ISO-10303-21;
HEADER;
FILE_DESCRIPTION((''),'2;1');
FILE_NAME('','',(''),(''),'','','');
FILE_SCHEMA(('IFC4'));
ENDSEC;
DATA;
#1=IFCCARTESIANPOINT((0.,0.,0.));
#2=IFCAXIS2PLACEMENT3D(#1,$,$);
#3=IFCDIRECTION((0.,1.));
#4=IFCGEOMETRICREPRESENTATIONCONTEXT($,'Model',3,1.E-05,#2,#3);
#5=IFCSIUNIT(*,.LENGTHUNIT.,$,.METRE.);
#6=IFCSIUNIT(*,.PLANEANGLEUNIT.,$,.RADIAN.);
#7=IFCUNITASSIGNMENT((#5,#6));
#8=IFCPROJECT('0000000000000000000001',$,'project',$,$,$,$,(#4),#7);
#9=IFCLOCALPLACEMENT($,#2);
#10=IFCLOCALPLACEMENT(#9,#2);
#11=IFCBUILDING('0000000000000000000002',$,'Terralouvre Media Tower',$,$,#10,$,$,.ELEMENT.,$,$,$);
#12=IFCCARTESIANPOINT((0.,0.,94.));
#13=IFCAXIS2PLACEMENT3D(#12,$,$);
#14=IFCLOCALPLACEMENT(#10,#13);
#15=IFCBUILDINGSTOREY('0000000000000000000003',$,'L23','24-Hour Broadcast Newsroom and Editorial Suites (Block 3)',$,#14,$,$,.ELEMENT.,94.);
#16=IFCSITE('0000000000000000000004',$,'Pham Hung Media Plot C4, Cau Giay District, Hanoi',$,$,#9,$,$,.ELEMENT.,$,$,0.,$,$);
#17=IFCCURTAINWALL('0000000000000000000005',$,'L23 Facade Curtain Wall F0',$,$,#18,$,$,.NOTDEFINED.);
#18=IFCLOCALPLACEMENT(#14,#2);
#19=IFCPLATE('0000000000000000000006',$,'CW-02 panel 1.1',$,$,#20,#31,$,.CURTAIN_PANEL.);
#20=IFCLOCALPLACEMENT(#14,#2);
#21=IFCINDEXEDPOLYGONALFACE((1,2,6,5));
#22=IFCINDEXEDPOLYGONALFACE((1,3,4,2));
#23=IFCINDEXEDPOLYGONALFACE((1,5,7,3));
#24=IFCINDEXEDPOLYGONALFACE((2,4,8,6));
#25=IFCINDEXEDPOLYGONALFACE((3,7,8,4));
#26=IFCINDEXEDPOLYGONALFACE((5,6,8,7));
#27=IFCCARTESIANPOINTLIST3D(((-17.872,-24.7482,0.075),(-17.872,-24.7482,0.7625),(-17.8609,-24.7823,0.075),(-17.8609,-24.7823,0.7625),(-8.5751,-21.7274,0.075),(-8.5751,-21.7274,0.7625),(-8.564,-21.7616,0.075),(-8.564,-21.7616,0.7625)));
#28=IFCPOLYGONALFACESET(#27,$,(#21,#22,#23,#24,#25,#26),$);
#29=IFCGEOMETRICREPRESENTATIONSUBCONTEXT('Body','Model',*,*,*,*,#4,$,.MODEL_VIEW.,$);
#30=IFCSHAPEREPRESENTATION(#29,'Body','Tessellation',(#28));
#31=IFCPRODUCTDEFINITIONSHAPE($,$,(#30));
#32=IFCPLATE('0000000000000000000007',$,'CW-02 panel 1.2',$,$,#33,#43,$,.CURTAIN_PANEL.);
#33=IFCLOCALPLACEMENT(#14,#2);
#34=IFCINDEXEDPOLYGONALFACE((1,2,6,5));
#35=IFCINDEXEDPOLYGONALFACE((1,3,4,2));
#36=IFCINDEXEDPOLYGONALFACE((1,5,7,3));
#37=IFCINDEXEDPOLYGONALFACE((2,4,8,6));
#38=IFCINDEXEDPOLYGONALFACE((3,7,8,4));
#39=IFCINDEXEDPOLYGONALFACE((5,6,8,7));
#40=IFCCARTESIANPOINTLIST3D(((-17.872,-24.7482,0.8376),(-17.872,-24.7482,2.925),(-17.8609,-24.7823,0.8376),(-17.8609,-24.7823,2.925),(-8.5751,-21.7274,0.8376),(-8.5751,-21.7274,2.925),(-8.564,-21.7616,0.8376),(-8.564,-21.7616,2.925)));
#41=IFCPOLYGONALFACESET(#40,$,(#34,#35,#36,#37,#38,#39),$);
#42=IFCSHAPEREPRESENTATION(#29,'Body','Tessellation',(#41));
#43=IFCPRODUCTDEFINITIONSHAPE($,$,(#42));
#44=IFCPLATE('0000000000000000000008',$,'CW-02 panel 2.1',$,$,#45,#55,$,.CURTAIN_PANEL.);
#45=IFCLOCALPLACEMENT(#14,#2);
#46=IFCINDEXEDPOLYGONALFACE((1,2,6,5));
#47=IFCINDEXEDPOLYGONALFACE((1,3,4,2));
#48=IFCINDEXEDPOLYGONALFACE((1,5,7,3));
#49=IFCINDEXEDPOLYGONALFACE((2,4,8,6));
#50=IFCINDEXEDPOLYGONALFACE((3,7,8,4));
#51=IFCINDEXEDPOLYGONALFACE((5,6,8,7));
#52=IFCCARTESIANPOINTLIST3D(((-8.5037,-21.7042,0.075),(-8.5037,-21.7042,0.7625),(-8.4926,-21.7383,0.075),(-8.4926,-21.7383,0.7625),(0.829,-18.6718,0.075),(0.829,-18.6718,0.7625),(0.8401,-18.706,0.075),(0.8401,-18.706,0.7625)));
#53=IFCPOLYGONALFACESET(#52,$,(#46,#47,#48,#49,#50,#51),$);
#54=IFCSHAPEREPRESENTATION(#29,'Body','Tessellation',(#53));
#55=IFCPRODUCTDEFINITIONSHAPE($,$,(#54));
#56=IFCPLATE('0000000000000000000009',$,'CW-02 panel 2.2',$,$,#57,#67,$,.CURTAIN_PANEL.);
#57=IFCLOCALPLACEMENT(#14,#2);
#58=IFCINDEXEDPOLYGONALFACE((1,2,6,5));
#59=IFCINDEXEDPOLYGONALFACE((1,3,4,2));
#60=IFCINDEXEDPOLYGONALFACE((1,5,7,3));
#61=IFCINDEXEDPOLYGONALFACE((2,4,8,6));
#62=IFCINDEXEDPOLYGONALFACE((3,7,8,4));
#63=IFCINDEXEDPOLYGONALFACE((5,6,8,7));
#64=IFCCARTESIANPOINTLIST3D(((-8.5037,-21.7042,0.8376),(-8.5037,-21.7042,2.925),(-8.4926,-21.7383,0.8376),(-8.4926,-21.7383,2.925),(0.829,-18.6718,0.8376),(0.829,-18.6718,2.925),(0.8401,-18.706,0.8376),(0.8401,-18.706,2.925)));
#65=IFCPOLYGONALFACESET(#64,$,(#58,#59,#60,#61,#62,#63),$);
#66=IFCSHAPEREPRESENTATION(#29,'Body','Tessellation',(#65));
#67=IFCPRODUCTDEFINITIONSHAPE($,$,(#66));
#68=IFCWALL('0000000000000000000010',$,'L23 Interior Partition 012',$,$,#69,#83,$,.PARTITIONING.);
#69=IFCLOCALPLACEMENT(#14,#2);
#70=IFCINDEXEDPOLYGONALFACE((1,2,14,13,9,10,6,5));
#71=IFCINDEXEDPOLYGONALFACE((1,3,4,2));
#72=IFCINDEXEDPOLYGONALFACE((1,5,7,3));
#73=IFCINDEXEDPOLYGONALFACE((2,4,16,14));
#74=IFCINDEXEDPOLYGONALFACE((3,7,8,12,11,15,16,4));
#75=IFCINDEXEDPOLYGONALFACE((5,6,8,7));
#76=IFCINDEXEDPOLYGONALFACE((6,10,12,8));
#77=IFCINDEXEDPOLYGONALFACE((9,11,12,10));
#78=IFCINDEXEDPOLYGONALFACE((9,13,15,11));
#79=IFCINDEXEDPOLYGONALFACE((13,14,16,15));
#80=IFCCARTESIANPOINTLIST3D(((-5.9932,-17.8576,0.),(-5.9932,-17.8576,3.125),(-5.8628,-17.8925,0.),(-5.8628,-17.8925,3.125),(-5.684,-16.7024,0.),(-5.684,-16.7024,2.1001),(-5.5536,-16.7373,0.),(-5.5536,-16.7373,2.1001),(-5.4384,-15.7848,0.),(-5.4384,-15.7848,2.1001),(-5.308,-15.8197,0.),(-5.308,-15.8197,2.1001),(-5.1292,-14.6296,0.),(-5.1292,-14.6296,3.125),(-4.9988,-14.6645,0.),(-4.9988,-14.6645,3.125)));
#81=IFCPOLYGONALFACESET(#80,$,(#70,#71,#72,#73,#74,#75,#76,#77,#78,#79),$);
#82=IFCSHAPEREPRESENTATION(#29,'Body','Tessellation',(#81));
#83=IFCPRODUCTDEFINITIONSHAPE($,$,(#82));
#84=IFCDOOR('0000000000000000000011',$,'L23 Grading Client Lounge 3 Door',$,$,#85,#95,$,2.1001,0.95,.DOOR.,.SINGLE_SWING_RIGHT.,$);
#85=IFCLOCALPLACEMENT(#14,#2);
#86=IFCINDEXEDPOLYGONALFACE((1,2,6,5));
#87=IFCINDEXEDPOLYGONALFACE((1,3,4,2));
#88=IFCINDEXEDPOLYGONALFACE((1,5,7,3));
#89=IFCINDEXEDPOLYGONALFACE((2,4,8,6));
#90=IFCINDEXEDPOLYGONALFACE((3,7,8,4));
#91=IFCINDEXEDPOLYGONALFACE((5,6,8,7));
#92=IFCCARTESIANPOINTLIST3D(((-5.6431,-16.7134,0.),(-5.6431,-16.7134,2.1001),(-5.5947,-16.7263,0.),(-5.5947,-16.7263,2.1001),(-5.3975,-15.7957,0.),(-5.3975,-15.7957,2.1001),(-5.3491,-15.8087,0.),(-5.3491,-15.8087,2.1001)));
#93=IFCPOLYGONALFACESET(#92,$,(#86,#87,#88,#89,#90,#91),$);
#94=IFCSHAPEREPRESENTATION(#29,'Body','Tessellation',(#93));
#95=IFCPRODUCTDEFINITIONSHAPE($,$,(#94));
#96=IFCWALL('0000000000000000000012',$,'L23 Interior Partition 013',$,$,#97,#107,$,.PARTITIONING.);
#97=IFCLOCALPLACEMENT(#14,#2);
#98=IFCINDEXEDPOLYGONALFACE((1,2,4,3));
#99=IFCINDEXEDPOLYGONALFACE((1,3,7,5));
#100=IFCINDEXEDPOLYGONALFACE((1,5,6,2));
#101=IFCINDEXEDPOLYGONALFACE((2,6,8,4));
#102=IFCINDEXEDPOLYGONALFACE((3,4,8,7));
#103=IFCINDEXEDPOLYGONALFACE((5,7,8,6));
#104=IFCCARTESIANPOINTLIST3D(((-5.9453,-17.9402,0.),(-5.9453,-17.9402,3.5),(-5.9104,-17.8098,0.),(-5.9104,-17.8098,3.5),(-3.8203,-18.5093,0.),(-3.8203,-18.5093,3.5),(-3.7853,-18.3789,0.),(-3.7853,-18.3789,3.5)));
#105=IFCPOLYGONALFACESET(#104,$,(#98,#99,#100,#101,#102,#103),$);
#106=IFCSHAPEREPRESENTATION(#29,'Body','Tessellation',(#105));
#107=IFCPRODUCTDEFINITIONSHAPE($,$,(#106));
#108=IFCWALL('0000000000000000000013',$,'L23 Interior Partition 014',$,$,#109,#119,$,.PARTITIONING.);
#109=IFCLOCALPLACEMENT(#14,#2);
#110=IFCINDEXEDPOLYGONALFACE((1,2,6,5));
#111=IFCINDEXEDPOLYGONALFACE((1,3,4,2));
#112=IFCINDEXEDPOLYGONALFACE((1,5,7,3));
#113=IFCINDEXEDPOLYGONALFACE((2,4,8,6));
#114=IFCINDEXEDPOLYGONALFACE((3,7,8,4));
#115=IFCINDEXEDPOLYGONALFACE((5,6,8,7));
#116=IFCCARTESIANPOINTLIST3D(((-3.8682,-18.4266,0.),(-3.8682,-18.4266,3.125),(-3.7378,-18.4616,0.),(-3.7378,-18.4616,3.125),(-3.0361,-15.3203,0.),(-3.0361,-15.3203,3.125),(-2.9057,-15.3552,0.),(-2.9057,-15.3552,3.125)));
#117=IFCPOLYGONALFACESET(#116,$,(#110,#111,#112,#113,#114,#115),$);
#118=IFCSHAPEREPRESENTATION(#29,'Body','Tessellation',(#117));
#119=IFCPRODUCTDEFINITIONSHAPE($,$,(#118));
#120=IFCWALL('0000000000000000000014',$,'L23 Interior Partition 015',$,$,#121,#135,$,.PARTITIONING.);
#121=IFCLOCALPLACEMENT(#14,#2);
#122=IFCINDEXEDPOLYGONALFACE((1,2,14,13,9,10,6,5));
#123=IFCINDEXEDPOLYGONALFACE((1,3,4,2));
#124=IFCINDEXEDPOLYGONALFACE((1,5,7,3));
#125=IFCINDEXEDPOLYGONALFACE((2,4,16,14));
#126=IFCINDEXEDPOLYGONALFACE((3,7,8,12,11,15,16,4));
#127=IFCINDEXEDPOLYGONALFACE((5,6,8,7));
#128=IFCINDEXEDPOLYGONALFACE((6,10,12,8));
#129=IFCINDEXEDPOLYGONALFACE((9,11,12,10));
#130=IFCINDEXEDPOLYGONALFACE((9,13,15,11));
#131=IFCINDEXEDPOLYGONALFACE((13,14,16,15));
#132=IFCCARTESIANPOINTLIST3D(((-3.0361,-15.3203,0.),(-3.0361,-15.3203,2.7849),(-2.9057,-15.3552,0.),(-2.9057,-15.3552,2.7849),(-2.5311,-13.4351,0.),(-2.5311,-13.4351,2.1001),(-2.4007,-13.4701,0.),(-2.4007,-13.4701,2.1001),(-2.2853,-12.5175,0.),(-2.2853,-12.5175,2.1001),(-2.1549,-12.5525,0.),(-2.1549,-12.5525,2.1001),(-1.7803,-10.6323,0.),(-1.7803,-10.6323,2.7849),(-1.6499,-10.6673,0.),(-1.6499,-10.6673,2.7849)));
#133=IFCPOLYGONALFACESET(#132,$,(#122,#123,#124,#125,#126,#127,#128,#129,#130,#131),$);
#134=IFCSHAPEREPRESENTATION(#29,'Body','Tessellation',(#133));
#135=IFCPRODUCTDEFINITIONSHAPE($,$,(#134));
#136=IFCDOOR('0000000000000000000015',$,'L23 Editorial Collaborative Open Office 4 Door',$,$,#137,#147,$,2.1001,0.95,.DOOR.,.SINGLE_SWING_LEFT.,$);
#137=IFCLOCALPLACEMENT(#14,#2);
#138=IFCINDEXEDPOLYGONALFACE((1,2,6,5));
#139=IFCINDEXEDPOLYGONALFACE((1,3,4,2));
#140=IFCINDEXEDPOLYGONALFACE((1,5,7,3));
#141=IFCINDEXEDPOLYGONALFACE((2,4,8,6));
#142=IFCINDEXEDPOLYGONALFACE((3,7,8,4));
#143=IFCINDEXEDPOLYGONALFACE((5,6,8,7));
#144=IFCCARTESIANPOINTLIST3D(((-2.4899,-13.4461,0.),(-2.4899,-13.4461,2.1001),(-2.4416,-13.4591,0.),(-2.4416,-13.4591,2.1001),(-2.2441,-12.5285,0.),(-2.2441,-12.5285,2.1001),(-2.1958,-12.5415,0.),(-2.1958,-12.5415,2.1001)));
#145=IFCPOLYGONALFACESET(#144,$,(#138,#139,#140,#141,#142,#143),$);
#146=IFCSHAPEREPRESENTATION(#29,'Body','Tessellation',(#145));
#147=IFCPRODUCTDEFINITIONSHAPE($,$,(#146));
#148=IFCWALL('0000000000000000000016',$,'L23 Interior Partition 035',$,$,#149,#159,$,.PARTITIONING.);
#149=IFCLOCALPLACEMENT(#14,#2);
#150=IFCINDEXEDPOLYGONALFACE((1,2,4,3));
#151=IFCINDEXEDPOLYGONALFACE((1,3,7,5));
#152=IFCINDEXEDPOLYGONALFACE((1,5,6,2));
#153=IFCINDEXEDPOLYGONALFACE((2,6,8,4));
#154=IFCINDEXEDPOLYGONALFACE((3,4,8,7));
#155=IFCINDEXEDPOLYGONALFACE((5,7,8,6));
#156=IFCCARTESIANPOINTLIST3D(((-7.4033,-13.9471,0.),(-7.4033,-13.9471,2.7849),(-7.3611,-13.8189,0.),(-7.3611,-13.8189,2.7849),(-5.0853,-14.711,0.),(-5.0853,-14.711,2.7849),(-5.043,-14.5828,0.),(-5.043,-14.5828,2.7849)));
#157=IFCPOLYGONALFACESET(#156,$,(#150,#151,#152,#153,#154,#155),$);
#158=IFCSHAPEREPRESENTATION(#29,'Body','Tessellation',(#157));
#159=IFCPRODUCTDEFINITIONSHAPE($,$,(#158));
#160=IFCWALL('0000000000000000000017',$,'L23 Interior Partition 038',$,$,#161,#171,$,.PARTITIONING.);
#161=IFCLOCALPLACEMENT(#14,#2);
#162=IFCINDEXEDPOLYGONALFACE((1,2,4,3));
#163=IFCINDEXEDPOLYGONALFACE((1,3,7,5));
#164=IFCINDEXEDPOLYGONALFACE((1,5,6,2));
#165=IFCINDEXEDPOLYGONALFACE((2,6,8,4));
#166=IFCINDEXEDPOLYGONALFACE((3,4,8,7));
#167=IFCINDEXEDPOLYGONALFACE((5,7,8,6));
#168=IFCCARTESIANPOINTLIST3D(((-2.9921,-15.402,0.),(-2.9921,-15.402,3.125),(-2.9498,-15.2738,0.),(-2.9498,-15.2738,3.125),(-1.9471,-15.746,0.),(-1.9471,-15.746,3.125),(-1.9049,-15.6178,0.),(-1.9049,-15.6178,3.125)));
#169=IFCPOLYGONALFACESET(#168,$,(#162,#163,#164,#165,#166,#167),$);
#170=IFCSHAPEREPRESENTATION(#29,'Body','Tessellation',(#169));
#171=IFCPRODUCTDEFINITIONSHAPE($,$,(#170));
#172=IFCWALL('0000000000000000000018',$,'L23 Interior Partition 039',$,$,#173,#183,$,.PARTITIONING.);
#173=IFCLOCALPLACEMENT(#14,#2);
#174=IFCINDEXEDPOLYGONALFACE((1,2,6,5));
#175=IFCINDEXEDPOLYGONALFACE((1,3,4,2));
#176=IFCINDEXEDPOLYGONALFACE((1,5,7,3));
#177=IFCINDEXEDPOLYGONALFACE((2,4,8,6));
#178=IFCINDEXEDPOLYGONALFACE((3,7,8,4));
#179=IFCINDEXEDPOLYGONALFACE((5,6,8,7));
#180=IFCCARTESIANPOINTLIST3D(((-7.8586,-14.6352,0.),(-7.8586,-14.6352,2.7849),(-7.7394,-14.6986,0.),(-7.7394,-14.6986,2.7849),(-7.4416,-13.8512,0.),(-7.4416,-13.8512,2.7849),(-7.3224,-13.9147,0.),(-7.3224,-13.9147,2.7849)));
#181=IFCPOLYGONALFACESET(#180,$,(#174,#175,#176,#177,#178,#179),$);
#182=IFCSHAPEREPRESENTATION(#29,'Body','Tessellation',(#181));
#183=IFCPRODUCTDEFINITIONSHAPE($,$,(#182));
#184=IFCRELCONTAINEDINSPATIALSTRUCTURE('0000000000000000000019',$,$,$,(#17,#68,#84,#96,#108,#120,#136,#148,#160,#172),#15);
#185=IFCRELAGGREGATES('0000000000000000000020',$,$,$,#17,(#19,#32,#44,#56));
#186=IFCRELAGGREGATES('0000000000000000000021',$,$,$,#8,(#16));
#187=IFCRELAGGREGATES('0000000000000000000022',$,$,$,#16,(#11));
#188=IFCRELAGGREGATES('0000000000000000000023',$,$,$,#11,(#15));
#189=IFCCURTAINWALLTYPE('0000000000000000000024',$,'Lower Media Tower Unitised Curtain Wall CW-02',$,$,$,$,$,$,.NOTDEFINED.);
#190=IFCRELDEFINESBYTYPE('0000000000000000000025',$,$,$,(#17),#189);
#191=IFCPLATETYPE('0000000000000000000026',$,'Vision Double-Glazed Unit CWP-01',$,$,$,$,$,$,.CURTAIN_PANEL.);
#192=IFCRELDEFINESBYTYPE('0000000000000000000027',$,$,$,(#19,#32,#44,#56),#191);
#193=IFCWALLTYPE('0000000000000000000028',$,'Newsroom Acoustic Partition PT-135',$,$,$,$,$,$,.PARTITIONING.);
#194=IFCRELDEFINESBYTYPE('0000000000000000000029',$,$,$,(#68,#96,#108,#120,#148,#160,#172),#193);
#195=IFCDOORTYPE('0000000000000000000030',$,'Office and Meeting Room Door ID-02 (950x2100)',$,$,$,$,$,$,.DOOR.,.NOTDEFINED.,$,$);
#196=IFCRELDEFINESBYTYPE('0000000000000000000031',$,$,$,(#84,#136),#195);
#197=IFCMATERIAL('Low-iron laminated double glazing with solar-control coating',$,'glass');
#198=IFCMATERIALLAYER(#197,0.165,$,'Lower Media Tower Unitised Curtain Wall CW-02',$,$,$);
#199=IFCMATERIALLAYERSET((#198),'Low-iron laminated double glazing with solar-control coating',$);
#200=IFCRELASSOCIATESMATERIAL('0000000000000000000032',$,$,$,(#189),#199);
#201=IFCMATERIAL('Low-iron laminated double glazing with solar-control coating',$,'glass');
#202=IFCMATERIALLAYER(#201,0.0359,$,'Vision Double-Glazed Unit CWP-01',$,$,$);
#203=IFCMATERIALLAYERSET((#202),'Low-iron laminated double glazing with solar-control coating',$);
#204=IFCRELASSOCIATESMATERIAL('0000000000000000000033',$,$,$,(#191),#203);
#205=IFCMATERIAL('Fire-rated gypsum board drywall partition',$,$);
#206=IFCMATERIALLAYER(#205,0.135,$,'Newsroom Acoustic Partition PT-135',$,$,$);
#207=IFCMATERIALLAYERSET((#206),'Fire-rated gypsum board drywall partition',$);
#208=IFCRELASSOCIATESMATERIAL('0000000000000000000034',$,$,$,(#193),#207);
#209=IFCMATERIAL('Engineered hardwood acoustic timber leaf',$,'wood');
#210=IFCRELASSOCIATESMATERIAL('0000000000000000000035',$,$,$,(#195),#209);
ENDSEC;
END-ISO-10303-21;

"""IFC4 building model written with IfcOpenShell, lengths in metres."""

from ifc_helpers import new_model, si_unit, direction, frame, frame_2d, origin, origin_2d, place, context, subcontext, project, spatial, rectangle, extrude, material, layer, layer_set, type_object, element, fill, aggregate, save


model = new_model("IFC4")

# Units and contexts
model_context = context("Model", 3, precision=1e-05, world=origin(), true_north=direction((0.0, 1.0)))
body_context = subcontext(model_context, "Body", "Model", "MODEL_VIEW")
ifc_project = project(units=[si_unit("LENGTHUNIT", "METRE"), si_unit("PLANEANGLEUNIT", "RADIAN")], contexts=[model_context])

# Site, building, storey
site_placement = place(None, origin())
site = spatial("IfcSite", under=ifc_project, at=site_placement, Name="Pham Hung Media Plot C4, Cau Giay District, Hanoi", CompositionType="ELEMENT", RefElevation=0.0)
building_placement = place(site_placement, origin())
building = spatial("IfcBuilding", under=site, at=building_placement, Name="Terralouvre Media Tower", CompositionType="ELEMENT")
storey_placement = place(building_placement, frame((0.0, 0.0, 94.0)))
storey = spatial("IfcBuildingStorey", under=building, at=storey_placement, Name="L23", Description="24-Hour Broadcast Newsroom and Editorial Suites (Block 3)", CompositionType="ELEMENT", Elevation=94.0)

# Curtain wall
ifc_material_1 = material(Name="Low-iron laminated double glazing with solar-control coating", Category="glass")
ifc_layer_1 = layer(ifc_material_1, 0.165, Name="Lower Media Tower Unitised Curtain Wall CW-02")
ifc_layer_set_1 = layer_set([ifc_layer_1], Name="Low-iron laminated double glazing with solar-control coating")
curtain_wall_type = type_object("IfcCurtainWallType", Name="Lower Media Tower Unitised Curtain Wall CW-02", PredefinedType="NOTDEFINED", material=ifc_layer_set_1)
curtain_wall_placement = place(storey_placement, origin())
curtain_wall = element("IfcCurtainWall", 1, at=curtain_wall_placement, inside=storey, type_object=curtain_wall_type, Name="L23 Facade Curtain Wall F0", PredefinedType="NOTDEFINED")

# Plates
ifc_material_2 = material(Name="Low-iron laminated double glazing with solar-control coating", Category="glass")
ifc_layer_2 = layer(ifc_material_2, 0.0359, Name="Vision Double-Glazed Unit CWP-01")
ifc_layer_set_2 = layer_set([ifc_layer_2], Name="Low-iron laminated double glazing with solar-control coating")
plate_type = type_object("IfcPlateType", Name="Vision Double-Glazed Unit CWP-01", PredefinedType="CURTAIN_PANEL", material=ifc_layer_set_2)
plate_1_placement = place(storey_placement, frame((-13.218, -23.2549, 0.075), z_axis=(0.0, 0.0, 1.0), x_axis=(0.951057, 0.309017, 0.0)))
plate_1 = element("IfcPlate", 2, at=plate_1_placement, type_object=plate_type, Name="CW-02 panel 1.1", PredefinedType="CURTAIN_PANEL", context=body_context, shape_type="SweptSolid", body=[
    extrude(rectangle(XDim=9.7754, YDim=0.0359, at=origin_2d()), origin(), (0.0, 0.0, 1.0), 0.6875),
])
plate_2_placement = place(storey_placement, frame((-13.218, -23.2549, 0.8376), z_axis=(0.0, 0.0, 1.0), x_axis=(0.951057, 0.309017, 0.0)))
plate_2 = element("IfcPlate", 3, at=plate_2_placement, type_object=plate_type, Name="CW-02 panel 1.2", PredefinedType="CURTAIN_PANEL", context=body_context, shape_type="SweptSolid", body=[
    extrude(rectangle(XDim=9.7754, YDim=0.0359, at=origin_2d()), origin(), (0.0, 0.0, 1.0), 2.0874),
])
plate_3_placement = place(storey_placement, frame((-3.8318, -20.2051, 0.075), z_axis=(0.0, 0.0, 1.0), x_axis=(0.951057, 0.309017, 0.0)))
plate_3 = element("IfcPlate", 4, at=plate_3_placement, type_object=plate_type, Name="CW-02 panel 2.1", PredefinedType="CURTAIN_PANEL", context=body_context, shape_type="SweptSolid", body=[
    extrude(rectangle(XDim=9.813, YDim=0.0359, at=origin_2d()), origin(), (0.0, 0.0, 1.0), 0.6875),
])
plate_4_placement = place(storey_placement, frame((-3.8318, -20.2051, 0.8376), z_axis=(0.0, 0.0, 1.0), x_axis=(0.951057, 0.309017, 0.0)))
plate_4 = element("IfcPlate", 5, at=plate_4_placement, type_object=plate_type, Name="CW-02 panel 2.2", PredefinedType="CURTAIN_PANEL", context=body_context, shape_type="SweptSolid", body=[
    extrude(rectangle(XDim=9.813, YDim=0.0359, at=origin_2d()), origin(), (0.0, 0.0, 1.0), 2.0874),
])
aggregate(curtain_wall, [plate_1, plate_2, plate_3, plate_4])

# Wall, opening, door
ifc_material_3 = material(Name="Fire-rated gypsum board drywall partition")
ifc_layer_3 = layer(ifc_material_3, 0.135, Name="Newsroom Acoustic Partition PT-135")
ifc_layer_set_3 = layer_set([ifc_layer_3], Name="Fire-rated gypsum board drywall partition")
wall_type = type_object("IfcWallType", Name="Newsroom Acoustic Partition PT-135", PredefinedType="PARTITIONING", material=ifc_layer_set_3)
wall_1_placement = place(storey_placement, frame((-5.064, -14.647, 0.0), z_axis=(0.0, 0.0, 1.0), x_axis=(-0.258558, -0.965996, 0.0)))
wall_1 = element("IfcWall", 6, at=wall_1_placement, inside=storey, type_object=wall_type, Name="L23 Interior Partition 012", PredefinedType="PARTITIONING", context=body_context, shape_type="SweptSolid", body=[
    extrude(rectangle(XDim=3.3416, YDim=0.135, at=frame_2d((1.6709, 0.0))), origin(), (0.0, 0.0, 1.0), 3.125),
])
opening_1_placement = place(wall_1_placement, frame((1.1958, 0.0, 0.0)))
opening_1 = element("IfcOpeningElement", 7, at=opening_1_placement, cuts=wall_1, PredefinedType="OPENING", context=body_context, shape_type="SweptSolid", body=[
    extrude(rectangle(XDim=0.95, YDim=2.1001, at=frame_2d((0.4751, 1.05))), frame((0.0, 0.0774, 0.0), z_axis=(0.0, -1.0, 0.0), x_axis=(1.0, 0.0, 0.0)), (0.0, 0.0, 1.0), 0.155),
])
ifc_material_4 = material(Name="Engineered hardwood acoustic timber leaf", Category="wood")
door_type_1 = type_object("IfcDoorType", Name="Office and Meeting Room Door ID-02 (950x2100)", OperationType="NOTDEFINED", PredefinedType="DOOR", material=ifc_material_4)
door_1_placement = place(opening_1_placement, origin())
door_1 = element("IfcDoor", 8, at=door_1_placement, inside=storey, type_object=door_type_1, Name="L23 Grading Client Lounge 3 Door", OperationType="SINGLE_SWING_RIGHT", OverallHeight=2.1001, OverallWidth=0.95, PredefinedType="DOOR", context=body_context, shape_type="SweptSolid", body=[
    extrude(rectangle(XDim=0.95, YDim=2.1001, at=frame_2d((0.4751, 1.05))), frame((0.0, 0.0249, 0.0), z_axis=(0.0, -1.0, 0.0), x_axis=(1.0, 0.0, 0.0)), (0.0, 0.0, 1.0), 0.05),
])
fill(opening_1, door_1)

# Walls
wall_2_placement = place(storey_placement, frame((-5.928, -17.875, 0.0), z_axis=(0.0, 0.0, 1.0), x_axis=(0.96596, -0.258692, 0.0)))
element("IfcWall", 9, at=wall_2_placement, inside=storey, type_object=wall_type, Name="L23 Interior Partition 013", PredefinedType="PARTITIONING", context=body_context, shape_type="SweptSolid", body=[
    extrude(rectangle(XDim=2.2, YDim=0.135, at=frame_2d((1.1001, 0.0))), origin(), (0.0, 0.0, 1.0), 3.5),
])
wall_3_placement = place(storey_placement, frame((-3.803, -18.4441, 0.0), z_axis=(0.0, 0.0, 1.0), x_axis=(0.25874, 0.965947, 0.0)))
element("IfcWall", 10, at=wall_3_placement, inside=storey, type_object=wall_type, Name="L23 Interior Partition 014", PredefinedType="PARTITIONING", context=body_context, shape_type="SweptSolid", body=[
    extrude(rectangle(XDim=3.2158, YDim=0.135, at=frame_2d((1.6079, 0.0))), origin(), (0.0, 0.0, 1.0), 3.125),
])

# Wall, opening, door
wall_4_placement = place(storey_placement, frame((-2.9709, -15.3379, 0.0), z_axis=(0.0, 0.0, 1.0), x_axis=(0.258765, 0.96594, 0.0)))
wall_4 = element("IfcWall", 11, at=wall_4_placement, inside=storey, type_object=wall_type, Name="L23 Interior Partition 015", PredefinedType="PARTITIONING", context=body_context, shape_type="SweptSolid", body=[
    extrude(rectangle(XDim=4.8533, YDim=0.135, at=frame_2d((2.4268, 0.0))), origin(), (0.0, 0.0, 1.0), 2.7849),
])
opening_2_placement = place(wall_4_placement, frame((1.9517, 0.0, 0.0)))
opening_2 = element("IfcOpeningElement", 12, at=opening_2_placement, cuts=wall_4, PredefinedType="OPENING", context=body_context, shape_type="SweptSolid", body=[
    extrude(rectangle(XDim=0.95, YDim=2.1001, at=frame_2d((0.4751, 1.05))), frame((0.0, 0.0774, 0.0), z_axis=(0.0, -1.0, 0.0), x_axis=(1.0, 0.0, 0.0)), (0.0, 0.0, 1.0), 0.155),
])
door_2_placement = place(opening_2_placement, origin())
door_2 = element("IfcDoor", 13, at=door_2_placement, inside=storey, type_object=door_type_1, Name="L23 Editorial Collaborative Open Office 4 Door", OperationType="SINGLE_SWING_LEFT", OverallHeight=2.1001, OverallWidth=0.95, PredefinedType="DOOR", context=body_context, shape_type="SweptSolid", body=[
    extrude(rectangle(XDim=0.95, YDim=2.1001, at=frame_2d((0.4751, 1.05))), frame((0.0, 0.0249, 0.0), z_axis=(0.0, -1.0, 0.0), x_axis=(1.0, 0.0, 0.0)), (0.0, 0.0, 1.0), 0.05),
])
fill(opening_2, door_2)

# Walls
wall_5_placement = place(storey_placement, frame((-7.3821, -13.8831, 0.0), z_axis=(0.0, 0.0, 1.0), x_axis=(0.949758, -0.312985, 0.0)))
element("IfcWall", 14, at=wall_5_placement, inside=storey, type_object=wall_type, Name="L23 Interior Partition 035", PredefinedType="PARTITIONING", context=body_context, shape_type="SweptSolid", body=[
    extrude(rectangle(XDim=2.4407, YDim=0.135, at=frame_2d((1.2202, 0.0))), origin(), (0.0, 0.0, 1.0), 2.7849),
])
wall_6_placement = place(storey_placement, frame((-1.926, -15.6819, 0.0), z_axis=(0.0, 0.0, 1.0), x_axis=(-0.949853, 0.312697, 0.0)))
element("IfcWall", 15, at=wall_6_placement, inside=storey, type_object=wall_type, Name="L23 Interior Partition 038", PredefinedType="PARTITIONING", context=body_context, shape_type="SweptSolid", body=[
    extrude(rectangle(XDim=1.1001, YDim=0.135, at=frame_2d((0.55, 0.0))), origin(), (0.0, 0.0, 1.0), 3.125),
])
wall_7_placement = place(storey_placement, frame((-7.3821, -13.8831, 0.0), z_axis=(0.0, 0.0, 1.0), x_axis=(-0.469618, -0.88287, 0.0)))
element("IfcWall", 16, at=wall_7_placement, inside=storey, type_object=wall_type, Name="L23 Interior Partition 039", PredefinedType="PARTITIONING", context=body_context, shape_type="SweptSolid", body=[
    extrude(rectangle(XDim=0.8879, YDim=0.135, at=frame_2d((0.4438, 0.0))), origin(), (0.0, 0.0, 1.0), 2.7849),
])

save(model, "model.ifc")
